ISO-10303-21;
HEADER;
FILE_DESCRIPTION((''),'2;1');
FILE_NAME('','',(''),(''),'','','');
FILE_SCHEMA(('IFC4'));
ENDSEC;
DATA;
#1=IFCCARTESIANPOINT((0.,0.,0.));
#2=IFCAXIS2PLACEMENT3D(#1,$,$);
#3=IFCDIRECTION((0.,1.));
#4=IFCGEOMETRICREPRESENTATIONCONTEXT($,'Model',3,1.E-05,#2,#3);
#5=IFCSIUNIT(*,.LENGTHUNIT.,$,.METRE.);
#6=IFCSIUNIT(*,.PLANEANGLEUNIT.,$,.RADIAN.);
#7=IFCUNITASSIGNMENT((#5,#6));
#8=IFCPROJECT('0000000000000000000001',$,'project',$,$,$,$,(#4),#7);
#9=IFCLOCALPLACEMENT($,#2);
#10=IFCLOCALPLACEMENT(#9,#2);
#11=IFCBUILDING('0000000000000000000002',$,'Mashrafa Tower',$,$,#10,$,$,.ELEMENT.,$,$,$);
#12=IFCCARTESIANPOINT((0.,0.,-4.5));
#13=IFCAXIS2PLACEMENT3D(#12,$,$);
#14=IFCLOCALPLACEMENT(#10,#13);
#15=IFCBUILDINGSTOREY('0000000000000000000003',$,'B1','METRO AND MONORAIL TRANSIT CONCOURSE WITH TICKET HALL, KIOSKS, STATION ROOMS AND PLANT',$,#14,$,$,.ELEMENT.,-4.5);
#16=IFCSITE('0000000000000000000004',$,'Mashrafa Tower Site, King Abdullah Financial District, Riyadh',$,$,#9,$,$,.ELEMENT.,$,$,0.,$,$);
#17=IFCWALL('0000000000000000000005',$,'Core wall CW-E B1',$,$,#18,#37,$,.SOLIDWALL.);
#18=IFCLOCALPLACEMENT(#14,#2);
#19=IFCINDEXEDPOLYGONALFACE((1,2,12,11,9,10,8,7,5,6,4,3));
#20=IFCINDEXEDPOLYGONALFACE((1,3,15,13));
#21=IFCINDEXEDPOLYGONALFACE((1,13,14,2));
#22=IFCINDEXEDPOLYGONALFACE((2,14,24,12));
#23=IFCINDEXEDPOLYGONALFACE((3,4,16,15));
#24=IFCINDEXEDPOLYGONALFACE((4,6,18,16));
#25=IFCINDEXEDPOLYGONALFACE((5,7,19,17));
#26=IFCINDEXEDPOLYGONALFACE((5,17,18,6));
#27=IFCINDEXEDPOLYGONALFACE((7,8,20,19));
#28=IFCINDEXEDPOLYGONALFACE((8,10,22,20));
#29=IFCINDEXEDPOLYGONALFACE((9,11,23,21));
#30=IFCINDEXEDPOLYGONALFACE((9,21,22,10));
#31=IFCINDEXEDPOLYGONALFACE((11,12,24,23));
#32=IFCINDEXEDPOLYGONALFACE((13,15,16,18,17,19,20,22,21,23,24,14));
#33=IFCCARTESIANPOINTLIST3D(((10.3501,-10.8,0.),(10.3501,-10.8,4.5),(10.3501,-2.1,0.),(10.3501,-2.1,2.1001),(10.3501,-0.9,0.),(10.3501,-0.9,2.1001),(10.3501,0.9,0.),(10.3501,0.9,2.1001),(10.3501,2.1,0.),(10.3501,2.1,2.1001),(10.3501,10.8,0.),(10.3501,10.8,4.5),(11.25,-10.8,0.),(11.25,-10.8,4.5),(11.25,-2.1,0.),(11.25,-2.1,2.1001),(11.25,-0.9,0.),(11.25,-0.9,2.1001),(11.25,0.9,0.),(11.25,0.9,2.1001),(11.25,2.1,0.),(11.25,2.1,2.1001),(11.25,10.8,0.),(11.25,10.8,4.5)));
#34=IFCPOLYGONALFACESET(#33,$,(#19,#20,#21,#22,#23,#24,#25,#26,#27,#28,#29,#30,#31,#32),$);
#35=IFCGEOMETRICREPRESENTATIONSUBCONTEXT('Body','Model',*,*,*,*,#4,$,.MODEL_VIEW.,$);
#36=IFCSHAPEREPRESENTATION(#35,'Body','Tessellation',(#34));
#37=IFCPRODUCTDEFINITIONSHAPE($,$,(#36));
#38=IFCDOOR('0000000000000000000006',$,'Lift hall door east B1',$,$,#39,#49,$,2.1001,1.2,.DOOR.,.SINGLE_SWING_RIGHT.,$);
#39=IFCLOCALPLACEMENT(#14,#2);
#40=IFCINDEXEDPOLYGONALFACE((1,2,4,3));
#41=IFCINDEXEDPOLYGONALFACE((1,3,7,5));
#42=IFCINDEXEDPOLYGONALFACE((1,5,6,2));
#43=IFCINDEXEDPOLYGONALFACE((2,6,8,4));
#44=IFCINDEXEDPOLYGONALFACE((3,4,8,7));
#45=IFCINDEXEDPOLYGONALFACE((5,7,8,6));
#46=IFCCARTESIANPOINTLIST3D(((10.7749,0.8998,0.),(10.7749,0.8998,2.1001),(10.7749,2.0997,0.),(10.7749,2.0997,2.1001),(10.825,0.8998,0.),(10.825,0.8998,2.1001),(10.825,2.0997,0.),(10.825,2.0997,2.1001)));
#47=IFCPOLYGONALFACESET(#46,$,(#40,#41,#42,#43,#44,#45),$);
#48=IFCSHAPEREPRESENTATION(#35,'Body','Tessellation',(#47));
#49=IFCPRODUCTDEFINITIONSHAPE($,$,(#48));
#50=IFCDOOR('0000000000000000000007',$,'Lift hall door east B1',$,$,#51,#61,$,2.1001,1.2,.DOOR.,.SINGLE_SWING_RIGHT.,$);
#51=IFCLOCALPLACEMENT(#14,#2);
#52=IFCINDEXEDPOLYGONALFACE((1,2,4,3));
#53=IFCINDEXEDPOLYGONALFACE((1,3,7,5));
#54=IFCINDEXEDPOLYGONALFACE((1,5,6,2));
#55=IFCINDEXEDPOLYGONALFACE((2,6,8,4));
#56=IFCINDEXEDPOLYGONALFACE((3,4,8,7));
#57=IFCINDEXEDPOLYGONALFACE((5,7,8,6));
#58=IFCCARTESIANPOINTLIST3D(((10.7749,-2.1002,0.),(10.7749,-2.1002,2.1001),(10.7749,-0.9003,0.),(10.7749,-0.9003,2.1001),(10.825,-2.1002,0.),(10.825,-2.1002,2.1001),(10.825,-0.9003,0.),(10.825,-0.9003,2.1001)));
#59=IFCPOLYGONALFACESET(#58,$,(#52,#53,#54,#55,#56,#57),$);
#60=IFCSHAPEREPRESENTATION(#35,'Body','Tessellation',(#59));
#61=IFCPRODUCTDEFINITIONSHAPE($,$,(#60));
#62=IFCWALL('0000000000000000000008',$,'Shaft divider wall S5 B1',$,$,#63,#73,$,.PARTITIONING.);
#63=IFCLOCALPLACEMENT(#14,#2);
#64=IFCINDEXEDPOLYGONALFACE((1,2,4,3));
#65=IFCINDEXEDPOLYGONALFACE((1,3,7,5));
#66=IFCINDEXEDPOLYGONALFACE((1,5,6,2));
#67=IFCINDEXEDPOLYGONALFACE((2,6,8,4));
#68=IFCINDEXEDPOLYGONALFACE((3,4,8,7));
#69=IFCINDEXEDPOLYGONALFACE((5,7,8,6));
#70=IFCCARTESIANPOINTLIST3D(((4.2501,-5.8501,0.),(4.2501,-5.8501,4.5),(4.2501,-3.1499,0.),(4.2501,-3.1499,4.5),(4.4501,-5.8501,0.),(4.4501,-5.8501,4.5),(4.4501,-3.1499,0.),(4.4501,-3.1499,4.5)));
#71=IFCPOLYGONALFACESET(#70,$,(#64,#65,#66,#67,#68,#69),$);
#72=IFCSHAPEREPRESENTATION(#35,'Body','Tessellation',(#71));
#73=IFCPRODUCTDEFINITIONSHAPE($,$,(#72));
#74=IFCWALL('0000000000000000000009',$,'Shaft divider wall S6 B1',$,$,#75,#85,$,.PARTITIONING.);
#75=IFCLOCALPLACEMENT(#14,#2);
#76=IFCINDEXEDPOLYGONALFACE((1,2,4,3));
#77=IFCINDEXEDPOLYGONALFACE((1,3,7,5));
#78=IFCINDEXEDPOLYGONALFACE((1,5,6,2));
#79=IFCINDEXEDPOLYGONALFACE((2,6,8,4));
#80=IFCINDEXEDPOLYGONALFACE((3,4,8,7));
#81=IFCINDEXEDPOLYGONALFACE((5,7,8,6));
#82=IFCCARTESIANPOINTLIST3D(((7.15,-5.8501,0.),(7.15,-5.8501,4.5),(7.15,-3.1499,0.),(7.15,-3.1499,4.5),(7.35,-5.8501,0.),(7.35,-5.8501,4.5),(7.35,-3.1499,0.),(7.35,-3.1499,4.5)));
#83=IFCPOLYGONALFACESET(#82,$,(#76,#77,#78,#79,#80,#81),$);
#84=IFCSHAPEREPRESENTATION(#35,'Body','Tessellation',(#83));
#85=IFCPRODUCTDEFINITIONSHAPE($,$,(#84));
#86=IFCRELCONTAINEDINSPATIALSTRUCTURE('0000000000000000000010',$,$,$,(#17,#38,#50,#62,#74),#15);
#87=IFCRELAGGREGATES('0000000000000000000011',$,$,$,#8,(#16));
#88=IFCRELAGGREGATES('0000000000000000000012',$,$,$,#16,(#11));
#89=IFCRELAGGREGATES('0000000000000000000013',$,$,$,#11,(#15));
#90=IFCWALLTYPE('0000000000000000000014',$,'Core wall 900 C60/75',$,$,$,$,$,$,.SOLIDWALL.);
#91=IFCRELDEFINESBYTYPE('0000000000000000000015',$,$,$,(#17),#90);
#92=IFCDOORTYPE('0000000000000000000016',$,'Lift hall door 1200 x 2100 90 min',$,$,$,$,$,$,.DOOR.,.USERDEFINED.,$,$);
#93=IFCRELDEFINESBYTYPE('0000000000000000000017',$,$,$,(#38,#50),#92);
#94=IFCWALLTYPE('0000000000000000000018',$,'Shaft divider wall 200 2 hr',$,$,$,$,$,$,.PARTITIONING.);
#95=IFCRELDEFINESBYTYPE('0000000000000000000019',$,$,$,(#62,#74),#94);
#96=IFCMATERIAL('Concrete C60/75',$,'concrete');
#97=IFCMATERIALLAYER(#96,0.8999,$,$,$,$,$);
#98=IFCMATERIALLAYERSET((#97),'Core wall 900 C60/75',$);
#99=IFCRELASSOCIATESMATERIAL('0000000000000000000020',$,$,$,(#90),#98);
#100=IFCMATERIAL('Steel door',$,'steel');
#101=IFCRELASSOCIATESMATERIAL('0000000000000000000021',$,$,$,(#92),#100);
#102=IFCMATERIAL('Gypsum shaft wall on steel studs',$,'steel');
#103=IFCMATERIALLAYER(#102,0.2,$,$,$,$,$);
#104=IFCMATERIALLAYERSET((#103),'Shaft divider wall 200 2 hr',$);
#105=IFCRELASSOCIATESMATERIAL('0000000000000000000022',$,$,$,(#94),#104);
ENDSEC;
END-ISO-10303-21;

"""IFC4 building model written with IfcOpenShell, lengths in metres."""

from ifc_helpers import new_model, si_unit, direction, frame, frame_2d, origin, place, context, subcontext, project, spatial, rectangle, extrude, material, layer, layer_set, type_object, element, fill, save


model = new_model("IFC4")

# Units and contexts
model_context = context("Model", 3, precision=1e-05, world=origin(), true_north=direction((0.0, 1.0)))
body_context = subcontext(model_context, "Body", "Model", "MODEL_VIEW")
ifc_project = project(units=[si_unit("LENGTHUNIT", "METRE"), si_unit("PLANEANGLEUNIT", "RADIAN")], contexts=[model_context])

# Site, building, storey
site_placement = place(None, origin())
site = spatial("IfcSite", under=ifc_project, at=site_placement, Name="Mashrafa Tower Site, King Abdullah Financial District, Riyadh", CompositionType="ELEMENT", RefElevation=0.0)
building_placement = place(site_placement, origin())
building = spatial("IfcBuilding", under=site, at=building_placement, Name="Mashrafa Tower", CompositionType="ELEMENT")
storey_placement = place(building_placement, frame((0.0, 0.0, -4.5)))
storey = spatial("IfcBuildingStorey", under=building, at=storey_placement, Name="B1", Description="METRO AND MONORAIL TRANSIT CONCOURSE WITH TICKET HALL, KIOSKS, STATION ROOMS AND PLANT", CompositionType="ELEMENT", Elevation=-4.5)

# Wall, openings, doors
ifc_material_1 = material(Name="Concrete C60/75", Category="concrete")
ifc_layer_1 = layer(ifc_material_1, 0.8999)
ifc_layer_set_1 = layer_set([ifc_layer_1], Name="Core wall 900 C60/75")
wall_type_1 = type_object("IfcWallType", Name="Core wall 900 C60/75", PredefinedType="SOLIDWALL", material=ifc_layer_set_1)
wall_1_placement = place(storey_placement, frame((10.8, -10.8, 0.0), z_axis=(0.0, 0.0, 1.0), x_axis=(0.0, 1.0, 0.0)))
wall_1 = element("IfcWall", 1, at=wall_1_placement, inside=storey, type_object=wall_type_1, Name="Core wall CW-E B1", PredefinedType="SOLIDWALL", context=body_context, shape_type="SweptSolid", body=[
    extrude(rectangle(XDim=21.6001, YDim=0.8999, at=frame_2d((10.8, 0.0))), origin(), (0.0, 0.0, 1.0), 4.5),
])
opening_1_placement = place(wall_1_placement, frame((11.7, 0.0, 0.0)))
opening_1 = element("IfcOpeningElement", 2, at=opening_1_placement, cuts=wall_1, PredefinedType="OPENING", context=body_context, shape_type="SweptSolid", body=[
    extrude(rectangle(XDim=1.2, YDim=2.1001, at=frame_2d((0.6001, 1.05))), frame((0.0, 0.46, 0.0), z_axis=(0.0, -1.0, 0.0), x_axis=(1.0, 0.0, 0.0)), (0.0, 0.0, 1.0), 0.9199),
])
opening_2_placement = place(wall_1_placement, frame((8.7, 0.0, 0.0)))
opening_2 = element("IfcOpeningElement", 3, at=opening_2_placement, cuts=wall_1, PredefinedType="OPENING", context=body_context, shape_type="SweptSolid", body=[
    extrude(rectangle(XDim=1.2, YDim=2.1001, at=frame_2d((0.6001, 1.05))), frame((0.0, 0.46, 0.0), z_axis=(0.0, -1.0, 0.0), x_axis=(1.0, 0.0, 0.0)), (0.0, 0.0, 1.0), 0.9199),
])
ifc_material_2 = material(Name="Steel door", Category="steel")
door_type_1 = type_object("IfcDoorType", Name="Lift hall door 1200 x 2100 90 min", OperationType="USERDEFINED", PredefinedType="DOOR", material=ifc_material_2)
door_1_placement = place(opening_1_placement, frame((1.2, 0.0, 0.0), z_axis=(0.0, 0.0, 1.0), x_axis=(-1.0, 0.0, 0.0)))
door_1 = element("IfcDoor", 4, at=door_1_placement, inside=storey, type_object=door_type_1, Name="Lift hall door east B1", OperationType="SINGLE_SWING_RIGHT", OverallHeight=2.1001, OverallWidth=1.2, PredefinedType="DOOR", context=body_context, shape_type="SweptSolid", body=[
    extrude(rectangle(XDim=1.2, YDim=2.1001, at=frame_2d((0.6001, 1.05))), frame((0.0, 0.0249, 0.0), z_axis=(0.0, -1.0, 0.0), x_axis=(1.0, 0.0, 0.0)), (0.0, 0.0, 1.0), 0.05),
])
fill(opening_1, door_1)
door_2_placement = place(opening_2_placement, frame((1.2, 0.0, 0.0), z_axis=(0.0, 0.0, 1.0), x_axis=(-1.0, 0.0, 0.0)))
door_2 = element("IfcDoor", 5, at=door_2_placement, inside=storey, type_object=door_type_1, Name="Lift hall door east B1", OperationType="SINGLE_SWING_RIGHT", OverallHeight=2.1001, OverallWidth=1.2, PredefinedType="DOOR", context=body_context, shape_type="SweptSolid", body=[
    extrude(rectangle(XDim=1.2, YDim=2.1001, at=frame_2d((0.6001, 1.05))), frame((0.0, 0.0249, 0.0), z_axis=(0.0, -1.0, 0.0), x_axis=(1.0, 0.0, 0.0)), (0.0, 0.0, 1.0), 0.05),
])
fill(opening_2, door_2)

# Walls
ifc_material_3 = material(Name="Gypsum shaft wall on steel studs", Category="steel")
ifc_layer_2 = layer(ifc_material_3, 0.2)
ifc_layer_set_2 = layer_set([ifc_layer_2], Name="Shaft divider wall 200 2 hr")
wall_type_2 = type_object("IfcWallType", Name="Shaft divider wall 200 2 hr", PredefinedType="PARTITIONING", material=ifc_layer_set_2)
for number, where, z_axis, x_axis, name in (
    (6, (4.3501, -5.8501, 0.0), (0.0, 0.0, 1.0), (0.0, 1.0, 0.0), "Shaft divider wall S5 B1"),
    (7, (7.25, -5.8501, 0.0), (0.0, 0.0, 1.0), (0.0, 1.0, 0.0), "Shaft divider wall S6 B1"),
):
    element("IfcWall", number, at=place(storey_placement, frame(where, z_axis=z_axis, x_axis=x_axis)), inside=storey, type_object=wall_type_2, Name=name, PredefinedType="PARTITIONING", context=body_context, shape_type="SweptSolid", body=[
        extrude(rectangle(XDim=2.7002, YDim=0.2, at=frame_2d((1.3501, 0.0))), origin(), (0.0, 0.0, 1.0), 4.5),
    ])

save(model, "model.ifc")
